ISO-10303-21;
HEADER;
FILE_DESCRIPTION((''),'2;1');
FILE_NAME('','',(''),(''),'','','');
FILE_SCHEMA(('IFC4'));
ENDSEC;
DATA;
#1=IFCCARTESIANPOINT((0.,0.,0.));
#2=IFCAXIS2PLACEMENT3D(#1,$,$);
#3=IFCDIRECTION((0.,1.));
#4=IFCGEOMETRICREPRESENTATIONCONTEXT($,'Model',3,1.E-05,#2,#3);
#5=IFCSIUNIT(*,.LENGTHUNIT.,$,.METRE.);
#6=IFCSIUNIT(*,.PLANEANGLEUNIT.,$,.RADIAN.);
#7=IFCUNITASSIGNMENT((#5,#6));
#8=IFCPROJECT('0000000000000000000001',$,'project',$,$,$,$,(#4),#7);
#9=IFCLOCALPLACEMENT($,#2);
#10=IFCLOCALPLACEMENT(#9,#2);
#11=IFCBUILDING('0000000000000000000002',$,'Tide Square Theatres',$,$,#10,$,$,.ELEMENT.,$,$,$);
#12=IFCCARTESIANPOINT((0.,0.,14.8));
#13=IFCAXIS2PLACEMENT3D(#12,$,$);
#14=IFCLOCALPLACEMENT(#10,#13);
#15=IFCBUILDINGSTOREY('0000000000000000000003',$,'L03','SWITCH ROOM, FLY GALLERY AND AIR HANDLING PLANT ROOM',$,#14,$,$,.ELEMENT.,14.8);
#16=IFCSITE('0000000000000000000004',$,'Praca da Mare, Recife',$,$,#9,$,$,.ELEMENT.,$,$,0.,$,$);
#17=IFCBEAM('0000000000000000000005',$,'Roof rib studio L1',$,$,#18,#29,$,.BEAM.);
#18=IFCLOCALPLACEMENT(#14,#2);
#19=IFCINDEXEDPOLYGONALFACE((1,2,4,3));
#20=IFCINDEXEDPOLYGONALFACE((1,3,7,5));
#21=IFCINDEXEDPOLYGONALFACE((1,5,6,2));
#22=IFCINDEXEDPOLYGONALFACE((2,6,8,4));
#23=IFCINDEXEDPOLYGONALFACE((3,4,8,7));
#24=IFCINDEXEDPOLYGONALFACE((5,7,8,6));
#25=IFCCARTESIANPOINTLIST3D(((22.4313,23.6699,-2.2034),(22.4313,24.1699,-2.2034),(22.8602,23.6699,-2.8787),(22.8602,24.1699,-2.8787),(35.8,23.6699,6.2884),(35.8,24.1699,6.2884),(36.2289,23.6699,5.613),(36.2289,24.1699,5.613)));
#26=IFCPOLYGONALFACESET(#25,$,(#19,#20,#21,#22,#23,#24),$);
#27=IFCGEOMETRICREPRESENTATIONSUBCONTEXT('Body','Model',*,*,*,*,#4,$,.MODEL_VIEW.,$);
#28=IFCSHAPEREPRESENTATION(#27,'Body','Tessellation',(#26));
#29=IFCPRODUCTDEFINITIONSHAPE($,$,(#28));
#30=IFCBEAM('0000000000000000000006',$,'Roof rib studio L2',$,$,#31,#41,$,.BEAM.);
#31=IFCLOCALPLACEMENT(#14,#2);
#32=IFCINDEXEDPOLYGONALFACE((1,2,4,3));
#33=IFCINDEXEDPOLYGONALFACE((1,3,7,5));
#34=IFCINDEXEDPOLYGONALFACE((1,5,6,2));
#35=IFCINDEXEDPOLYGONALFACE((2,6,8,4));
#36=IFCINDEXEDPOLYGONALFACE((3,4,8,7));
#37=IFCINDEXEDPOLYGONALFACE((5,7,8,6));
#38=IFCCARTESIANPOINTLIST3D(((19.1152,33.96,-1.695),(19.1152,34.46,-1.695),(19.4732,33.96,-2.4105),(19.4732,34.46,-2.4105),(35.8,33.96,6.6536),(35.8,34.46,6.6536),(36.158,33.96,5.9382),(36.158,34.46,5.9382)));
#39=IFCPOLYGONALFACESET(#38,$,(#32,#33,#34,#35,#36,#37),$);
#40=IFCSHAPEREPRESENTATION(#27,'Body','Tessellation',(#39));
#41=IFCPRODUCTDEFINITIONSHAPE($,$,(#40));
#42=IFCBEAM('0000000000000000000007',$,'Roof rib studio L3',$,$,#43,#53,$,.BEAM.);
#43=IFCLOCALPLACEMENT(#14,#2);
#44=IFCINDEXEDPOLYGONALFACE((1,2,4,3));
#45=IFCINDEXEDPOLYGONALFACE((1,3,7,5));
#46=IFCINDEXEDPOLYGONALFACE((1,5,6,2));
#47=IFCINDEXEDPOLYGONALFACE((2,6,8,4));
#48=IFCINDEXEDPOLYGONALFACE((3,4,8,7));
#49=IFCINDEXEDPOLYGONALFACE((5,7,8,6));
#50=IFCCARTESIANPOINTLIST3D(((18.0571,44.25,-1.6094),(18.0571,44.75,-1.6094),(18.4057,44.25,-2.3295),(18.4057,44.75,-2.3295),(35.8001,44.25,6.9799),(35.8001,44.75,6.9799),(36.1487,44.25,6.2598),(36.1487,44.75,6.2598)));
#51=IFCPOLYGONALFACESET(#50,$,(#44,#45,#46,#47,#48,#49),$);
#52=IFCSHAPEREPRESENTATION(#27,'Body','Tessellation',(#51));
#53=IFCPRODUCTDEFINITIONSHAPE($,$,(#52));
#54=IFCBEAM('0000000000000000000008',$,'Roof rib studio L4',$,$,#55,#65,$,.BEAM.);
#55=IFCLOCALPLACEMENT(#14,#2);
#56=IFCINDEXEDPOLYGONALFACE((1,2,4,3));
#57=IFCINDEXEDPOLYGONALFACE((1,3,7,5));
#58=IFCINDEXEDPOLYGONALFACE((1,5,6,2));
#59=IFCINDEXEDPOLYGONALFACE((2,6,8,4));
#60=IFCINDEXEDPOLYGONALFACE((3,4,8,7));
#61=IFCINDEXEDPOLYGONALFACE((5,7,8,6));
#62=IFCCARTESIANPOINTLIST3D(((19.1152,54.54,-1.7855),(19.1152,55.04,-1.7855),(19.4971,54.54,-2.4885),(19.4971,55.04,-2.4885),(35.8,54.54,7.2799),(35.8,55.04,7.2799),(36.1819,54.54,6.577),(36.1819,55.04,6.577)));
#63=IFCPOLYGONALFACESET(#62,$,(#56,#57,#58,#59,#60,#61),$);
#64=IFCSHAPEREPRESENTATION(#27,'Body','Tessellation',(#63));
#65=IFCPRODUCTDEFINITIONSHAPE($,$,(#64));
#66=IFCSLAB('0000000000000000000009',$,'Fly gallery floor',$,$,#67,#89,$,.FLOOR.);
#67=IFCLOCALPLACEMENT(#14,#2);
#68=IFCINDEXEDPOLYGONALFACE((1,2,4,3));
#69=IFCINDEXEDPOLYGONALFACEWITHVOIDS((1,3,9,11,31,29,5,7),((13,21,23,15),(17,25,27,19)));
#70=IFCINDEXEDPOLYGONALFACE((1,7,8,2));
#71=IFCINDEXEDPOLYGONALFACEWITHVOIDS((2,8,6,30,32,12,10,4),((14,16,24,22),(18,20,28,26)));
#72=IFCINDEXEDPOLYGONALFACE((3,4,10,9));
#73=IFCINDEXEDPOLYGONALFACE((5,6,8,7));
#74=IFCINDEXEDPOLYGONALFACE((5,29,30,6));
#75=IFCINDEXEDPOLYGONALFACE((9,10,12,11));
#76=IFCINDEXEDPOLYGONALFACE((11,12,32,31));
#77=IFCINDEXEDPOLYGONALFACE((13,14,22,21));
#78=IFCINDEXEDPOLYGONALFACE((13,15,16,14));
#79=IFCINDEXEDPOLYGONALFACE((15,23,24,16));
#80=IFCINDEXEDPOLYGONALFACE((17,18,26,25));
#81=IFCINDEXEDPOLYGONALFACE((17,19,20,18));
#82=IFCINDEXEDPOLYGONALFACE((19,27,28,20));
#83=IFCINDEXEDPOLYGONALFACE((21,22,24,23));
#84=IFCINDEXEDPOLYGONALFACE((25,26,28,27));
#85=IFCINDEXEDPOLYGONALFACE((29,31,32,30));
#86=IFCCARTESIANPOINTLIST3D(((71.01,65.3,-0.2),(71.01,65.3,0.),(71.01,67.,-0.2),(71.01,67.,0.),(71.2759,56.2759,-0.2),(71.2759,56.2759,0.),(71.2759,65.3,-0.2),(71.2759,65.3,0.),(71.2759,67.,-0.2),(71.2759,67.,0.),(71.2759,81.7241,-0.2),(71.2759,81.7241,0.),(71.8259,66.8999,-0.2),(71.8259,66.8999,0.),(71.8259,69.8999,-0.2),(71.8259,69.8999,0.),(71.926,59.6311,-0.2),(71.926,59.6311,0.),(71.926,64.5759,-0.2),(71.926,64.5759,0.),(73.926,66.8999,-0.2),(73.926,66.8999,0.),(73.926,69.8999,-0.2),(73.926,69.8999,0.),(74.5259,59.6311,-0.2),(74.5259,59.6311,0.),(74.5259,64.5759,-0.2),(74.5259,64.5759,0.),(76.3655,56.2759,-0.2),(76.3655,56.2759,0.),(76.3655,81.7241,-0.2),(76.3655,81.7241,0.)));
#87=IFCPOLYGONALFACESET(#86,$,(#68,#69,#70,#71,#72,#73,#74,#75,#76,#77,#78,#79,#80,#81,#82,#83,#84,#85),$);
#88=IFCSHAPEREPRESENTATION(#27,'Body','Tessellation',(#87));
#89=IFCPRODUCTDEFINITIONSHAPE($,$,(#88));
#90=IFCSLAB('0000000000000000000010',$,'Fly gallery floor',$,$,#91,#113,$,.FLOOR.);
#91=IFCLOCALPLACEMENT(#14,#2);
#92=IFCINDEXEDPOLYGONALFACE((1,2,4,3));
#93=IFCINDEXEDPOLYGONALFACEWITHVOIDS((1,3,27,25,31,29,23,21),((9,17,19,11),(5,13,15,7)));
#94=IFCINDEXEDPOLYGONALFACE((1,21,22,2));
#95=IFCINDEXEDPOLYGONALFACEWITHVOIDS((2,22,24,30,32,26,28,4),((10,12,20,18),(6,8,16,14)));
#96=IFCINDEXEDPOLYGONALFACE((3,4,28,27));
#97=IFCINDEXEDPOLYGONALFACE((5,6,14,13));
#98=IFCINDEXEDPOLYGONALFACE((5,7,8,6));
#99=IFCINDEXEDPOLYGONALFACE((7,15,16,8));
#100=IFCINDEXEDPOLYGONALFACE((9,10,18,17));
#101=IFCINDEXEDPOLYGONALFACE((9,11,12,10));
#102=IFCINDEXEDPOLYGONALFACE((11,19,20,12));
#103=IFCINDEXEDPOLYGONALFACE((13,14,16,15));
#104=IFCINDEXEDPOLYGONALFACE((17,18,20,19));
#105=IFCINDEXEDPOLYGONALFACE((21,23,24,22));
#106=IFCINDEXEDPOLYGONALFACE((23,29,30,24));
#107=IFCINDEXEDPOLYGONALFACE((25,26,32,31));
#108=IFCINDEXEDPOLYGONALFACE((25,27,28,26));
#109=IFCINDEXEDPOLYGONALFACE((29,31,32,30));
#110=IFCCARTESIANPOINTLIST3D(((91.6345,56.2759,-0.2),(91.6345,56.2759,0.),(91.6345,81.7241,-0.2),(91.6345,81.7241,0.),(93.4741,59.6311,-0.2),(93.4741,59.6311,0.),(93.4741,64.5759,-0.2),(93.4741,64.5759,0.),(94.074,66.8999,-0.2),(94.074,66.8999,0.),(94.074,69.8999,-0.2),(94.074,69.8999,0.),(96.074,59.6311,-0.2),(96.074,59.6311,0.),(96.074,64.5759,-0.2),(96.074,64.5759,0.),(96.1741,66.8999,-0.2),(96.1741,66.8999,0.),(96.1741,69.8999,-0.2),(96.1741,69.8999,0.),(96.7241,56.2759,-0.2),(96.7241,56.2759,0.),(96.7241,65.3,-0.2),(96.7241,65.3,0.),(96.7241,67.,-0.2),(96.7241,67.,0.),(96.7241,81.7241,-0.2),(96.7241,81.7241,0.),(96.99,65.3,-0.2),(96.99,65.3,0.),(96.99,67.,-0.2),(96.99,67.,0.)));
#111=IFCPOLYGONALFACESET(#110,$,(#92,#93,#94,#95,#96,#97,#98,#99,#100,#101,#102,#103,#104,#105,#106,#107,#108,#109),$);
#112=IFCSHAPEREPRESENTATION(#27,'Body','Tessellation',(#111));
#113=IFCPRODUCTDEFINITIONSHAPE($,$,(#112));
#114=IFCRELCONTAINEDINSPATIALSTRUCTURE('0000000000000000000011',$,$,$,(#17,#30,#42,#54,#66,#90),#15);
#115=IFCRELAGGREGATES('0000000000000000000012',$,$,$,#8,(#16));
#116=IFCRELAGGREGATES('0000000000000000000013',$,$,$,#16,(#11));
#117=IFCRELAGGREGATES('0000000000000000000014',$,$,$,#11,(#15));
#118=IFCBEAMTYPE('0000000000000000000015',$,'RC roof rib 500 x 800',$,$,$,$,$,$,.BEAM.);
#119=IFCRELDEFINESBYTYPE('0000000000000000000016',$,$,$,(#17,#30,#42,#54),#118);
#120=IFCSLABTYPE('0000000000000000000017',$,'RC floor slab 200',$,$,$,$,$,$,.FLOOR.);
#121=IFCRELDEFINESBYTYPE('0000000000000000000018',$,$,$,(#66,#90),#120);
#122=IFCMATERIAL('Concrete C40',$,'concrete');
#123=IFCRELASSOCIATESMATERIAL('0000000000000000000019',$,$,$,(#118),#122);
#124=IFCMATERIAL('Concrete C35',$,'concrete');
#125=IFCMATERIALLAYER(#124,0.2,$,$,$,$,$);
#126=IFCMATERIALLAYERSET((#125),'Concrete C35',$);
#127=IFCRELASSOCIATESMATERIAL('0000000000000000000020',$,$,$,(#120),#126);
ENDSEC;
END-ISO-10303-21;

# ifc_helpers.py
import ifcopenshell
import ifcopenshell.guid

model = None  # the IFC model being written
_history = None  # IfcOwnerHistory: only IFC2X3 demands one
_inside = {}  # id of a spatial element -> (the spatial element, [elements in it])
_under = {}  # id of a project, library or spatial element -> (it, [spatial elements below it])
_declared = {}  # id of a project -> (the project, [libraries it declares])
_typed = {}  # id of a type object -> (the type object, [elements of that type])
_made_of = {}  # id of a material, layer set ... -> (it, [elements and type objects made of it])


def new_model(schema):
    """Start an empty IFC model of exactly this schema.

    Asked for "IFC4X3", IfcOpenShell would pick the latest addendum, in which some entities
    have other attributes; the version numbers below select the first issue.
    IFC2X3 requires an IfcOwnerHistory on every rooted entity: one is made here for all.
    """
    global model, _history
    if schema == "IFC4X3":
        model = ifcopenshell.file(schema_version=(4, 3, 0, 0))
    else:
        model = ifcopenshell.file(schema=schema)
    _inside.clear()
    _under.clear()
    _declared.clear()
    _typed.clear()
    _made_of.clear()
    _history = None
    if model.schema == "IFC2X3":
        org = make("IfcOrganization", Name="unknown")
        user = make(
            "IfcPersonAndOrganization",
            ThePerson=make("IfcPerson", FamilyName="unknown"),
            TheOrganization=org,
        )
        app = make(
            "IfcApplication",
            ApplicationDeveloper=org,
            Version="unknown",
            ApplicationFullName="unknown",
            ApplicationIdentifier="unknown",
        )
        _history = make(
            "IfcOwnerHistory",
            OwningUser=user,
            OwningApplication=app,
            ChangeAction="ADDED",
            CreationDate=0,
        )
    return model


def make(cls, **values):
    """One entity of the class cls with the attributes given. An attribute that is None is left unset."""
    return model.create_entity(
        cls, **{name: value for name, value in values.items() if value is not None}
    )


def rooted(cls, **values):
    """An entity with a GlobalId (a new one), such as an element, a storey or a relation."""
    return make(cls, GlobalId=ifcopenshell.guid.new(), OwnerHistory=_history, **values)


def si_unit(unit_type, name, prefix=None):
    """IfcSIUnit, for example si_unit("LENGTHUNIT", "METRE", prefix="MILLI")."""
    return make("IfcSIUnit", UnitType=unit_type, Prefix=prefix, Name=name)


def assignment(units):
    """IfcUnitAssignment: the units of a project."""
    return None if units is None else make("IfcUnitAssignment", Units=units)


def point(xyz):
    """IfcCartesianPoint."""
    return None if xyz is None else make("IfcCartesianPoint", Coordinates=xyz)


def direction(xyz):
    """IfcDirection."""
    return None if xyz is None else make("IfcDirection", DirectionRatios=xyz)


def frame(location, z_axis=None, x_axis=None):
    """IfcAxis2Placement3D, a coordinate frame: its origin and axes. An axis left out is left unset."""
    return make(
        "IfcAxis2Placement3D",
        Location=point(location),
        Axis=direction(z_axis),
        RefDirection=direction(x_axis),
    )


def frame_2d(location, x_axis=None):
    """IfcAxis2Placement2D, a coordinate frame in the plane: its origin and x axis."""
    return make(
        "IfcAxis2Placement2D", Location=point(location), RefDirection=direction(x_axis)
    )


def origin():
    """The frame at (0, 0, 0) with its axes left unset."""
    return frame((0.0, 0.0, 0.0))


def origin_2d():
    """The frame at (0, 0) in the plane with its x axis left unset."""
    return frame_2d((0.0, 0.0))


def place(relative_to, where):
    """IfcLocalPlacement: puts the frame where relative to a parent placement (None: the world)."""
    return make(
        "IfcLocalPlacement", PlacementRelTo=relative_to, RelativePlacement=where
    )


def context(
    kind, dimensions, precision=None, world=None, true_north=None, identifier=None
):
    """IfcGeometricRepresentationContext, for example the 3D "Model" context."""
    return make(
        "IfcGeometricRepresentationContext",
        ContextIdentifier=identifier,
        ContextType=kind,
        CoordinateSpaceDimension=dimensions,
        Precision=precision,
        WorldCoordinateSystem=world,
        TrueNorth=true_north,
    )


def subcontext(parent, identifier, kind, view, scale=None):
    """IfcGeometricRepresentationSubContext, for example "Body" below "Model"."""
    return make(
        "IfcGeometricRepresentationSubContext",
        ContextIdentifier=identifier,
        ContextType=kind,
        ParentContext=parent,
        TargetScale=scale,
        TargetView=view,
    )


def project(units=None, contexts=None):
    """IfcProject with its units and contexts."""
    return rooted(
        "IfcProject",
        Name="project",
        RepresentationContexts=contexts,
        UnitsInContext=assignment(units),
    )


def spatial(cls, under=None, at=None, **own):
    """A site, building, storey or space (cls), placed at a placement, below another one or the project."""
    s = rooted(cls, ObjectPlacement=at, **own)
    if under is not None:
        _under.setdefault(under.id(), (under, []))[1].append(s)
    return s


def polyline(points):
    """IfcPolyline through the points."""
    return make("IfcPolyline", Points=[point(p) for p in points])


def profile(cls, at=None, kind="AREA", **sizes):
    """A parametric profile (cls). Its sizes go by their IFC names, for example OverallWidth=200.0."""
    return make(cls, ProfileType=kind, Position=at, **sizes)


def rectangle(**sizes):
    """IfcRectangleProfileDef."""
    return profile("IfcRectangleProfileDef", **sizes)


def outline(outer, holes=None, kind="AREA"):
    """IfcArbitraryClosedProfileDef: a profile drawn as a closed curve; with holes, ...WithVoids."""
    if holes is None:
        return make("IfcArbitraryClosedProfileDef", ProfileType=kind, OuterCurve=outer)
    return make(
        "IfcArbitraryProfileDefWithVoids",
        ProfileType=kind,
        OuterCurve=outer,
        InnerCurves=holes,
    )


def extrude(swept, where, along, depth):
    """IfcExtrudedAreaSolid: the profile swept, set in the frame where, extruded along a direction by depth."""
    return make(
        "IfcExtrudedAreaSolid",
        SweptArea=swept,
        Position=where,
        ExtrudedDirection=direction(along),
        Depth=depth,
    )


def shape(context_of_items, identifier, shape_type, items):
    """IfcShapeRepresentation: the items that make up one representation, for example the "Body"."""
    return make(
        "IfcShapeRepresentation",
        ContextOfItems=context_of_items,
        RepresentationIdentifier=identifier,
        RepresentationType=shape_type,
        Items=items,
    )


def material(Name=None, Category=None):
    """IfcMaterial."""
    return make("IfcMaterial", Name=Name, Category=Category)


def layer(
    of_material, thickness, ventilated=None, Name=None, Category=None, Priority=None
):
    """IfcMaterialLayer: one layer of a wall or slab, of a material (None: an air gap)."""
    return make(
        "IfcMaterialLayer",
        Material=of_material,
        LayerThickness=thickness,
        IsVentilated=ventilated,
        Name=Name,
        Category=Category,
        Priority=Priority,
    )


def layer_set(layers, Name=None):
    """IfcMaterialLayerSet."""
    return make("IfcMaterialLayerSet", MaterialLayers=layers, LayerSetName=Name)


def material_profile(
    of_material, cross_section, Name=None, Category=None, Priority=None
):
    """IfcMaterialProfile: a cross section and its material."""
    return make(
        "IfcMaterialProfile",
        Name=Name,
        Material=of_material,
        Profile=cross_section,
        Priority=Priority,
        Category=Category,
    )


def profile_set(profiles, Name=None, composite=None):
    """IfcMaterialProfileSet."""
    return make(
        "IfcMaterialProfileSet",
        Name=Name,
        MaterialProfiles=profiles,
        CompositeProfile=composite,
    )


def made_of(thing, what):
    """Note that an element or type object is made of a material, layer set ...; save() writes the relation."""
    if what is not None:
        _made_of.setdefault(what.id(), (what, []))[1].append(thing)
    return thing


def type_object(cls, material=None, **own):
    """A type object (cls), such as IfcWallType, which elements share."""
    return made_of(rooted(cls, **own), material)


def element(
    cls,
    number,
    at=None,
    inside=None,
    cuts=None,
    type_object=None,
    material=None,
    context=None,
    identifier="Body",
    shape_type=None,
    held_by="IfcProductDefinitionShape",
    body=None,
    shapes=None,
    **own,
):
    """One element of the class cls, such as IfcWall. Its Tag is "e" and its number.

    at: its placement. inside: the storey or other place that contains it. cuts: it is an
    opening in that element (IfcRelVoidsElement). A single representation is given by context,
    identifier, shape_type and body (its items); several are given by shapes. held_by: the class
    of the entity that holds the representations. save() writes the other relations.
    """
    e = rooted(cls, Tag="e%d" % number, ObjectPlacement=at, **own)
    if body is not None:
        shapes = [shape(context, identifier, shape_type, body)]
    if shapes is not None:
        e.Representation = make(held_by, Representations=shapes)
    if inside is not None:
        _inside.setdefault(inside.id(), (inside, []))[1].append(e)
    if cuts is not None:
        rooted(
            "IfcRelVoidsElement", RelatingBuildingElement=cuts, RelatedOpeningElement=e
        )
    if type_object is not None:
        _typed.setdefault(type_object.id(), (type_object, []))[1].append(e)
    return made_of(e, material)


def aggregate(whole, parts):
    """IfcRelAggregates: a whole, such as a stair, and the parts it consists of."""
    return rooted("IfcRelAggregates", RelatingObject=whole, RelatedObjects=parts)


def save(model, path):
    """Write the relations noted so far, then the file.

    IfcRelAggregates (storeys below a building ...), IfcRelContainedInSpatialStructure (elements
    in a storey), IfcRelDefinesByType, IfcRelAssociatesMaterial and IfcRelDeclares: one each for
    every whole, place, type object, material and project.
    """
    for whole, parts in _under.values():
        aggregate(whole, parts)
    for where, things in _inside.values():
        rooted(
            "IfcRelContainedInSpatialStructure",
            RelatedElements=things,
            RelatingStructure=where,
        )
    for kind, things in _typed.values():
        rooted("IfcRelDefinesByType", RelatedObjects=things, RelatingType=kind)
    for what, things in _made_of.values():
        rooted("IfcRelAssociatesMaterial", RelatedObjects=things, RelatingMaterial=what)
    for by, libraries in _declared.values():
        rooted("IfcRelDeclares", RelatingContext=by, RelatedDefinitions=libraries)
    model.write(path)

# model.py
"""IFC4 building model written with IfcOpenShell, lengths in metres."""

from ifc_helpers import new_model, si_unit, direction, frame, origin, origin_2d, place, context, subcontext, project, spatial, polyline, rectangle, outline, extrude, material, layer, layer_set, material_profile, profile_set, type_object, element, save


model = new_model("IFC4")

# Units and contexts
model_context = context("Model", 3, precision=1e-05, world=origin(), true_north=direction((0.0, 1.0)))
body_context = subcontext(model_context, "Body", "Model", "MODEL_VIEW")
ifc_project = project(units=[si_unit("LENGTHUNIT", "METRE"), si_unit("PLANEANGLEUNIT", "RADIAN")], contexts=[model_context])

# Site, building, storey
site_placement = place(None, origin())
site = spatial("IfcSite", under=ifc_project, at=site_placement, Name="Praca da Mare, Recife", CompositionType="ELEMENT", RefElevation=0.0)
building_placement = place(site_placement, origin())
building = spatial("IfcBuilding", under=site, at=building_placement, Name="Tide Square Theatres", CompositionType="ELEMENT")
storey_placement = place(building_placement, frame((0.0, 0.0, 14.8)))
storey = spatial("IfcBuildingStorey", under=building, at=storey_placement, Name="L03", Description="SWITCH ROOM, FLY GALLERY AND AIR HANDLING PLANT ROOM", CompositionType="ELEMENT", Elevation=14.8)

# Beams
ifc_material_1 = material(Name="Concrete C40", Category="concrete")
ifc_material_profile = material_profile(ifc_material_1, rectangle(XDim=0.5, YDim=0.8, at=origin_2d()))
ifc_profile_set = profile_set([ifc_material_profile], Name="Concrete C40")
beam_type = type_object("IfcBeamType", Name="RC roof rib 500 x 800", PredefinedType="BEAM", material=ifc_profile_set)
beam_1_placement = place(storey_placement, frame((22.6458, 23.9199, -2.541), z_axis=(0.844108, 0.0, 0.536173), x_axis=(0.0, 1.0, 0.0)))
element("IfcBeam", 1, at=beam_1_placement, inside=storey, type_object=beam_type, Name="Roof rib studio L1", PredefinedType="BEAM", context=body_context, shape_type="SweptSolid", body=[
    extrude(rectangle(XDim=0.5, YDim=0.8, at=origin_2d()), origin(), (0.0, 0.0, 1.0), 15.8376),
])
beam_2_placement = place(storey_placement, frame((19.2942, 34.21, -2.0527), z_axis=(0.894294, 0.0, 0.447481), x_axis=(0.0, 1.0, 0.0)))
element("IfcBeam", 2, at=beam_2_placement, inside=storey, type_object=beam_type, Name="Roof rib studio L2", PredefinedType="BEAM", context=body_context, shape_type="SweptSolid", body=[
    extrude(rectangle(XDim=0.5, YDim=0.8, at=origin_2d()), origin(), (0.0, 0.0, 1.0), 18.657),
])
beam_3_placement = place(storey_placement, frame((18.2314, 44.5, -1.9695), z_axis=(0.900078, 0.0, 0.435728), x_axis=(0.0, 1.0, 0.0)))
element("IfcBeam", 3, at=beam_3_placement, inside=storey, type_object=beam_type, Name="Roof rib studio L3", PredefinedType="BEAM", context=body_context, shape_type="SweptSolid", body=[
    extrude(rectangle(XDim=0.5, YDim=0.8, at=origin_2d()), origin(), (0.0, 0.0, 1.0), 19.7126),
])
beam_4_placement = place(storey_placement, frame((19.3062, 54.79, -2.137), z_axis=(0.878678, 0.0, 0.477416), x_axis=(0.0, 1.0, 0.0)))
element("IfcBeam", 4, at=beam_4_placement, inside=storey, type_object=beam_type, Name="Roof rib studio L4", PredefinedType="BEAM", context=body_context, shape_type="SweptSolid", body=[
    extrude(rectangle(XDim=0.5, YDim=0.8, at=origin_2d()), origin(), (0.0, 0.0, 1.0), 18.9885),
])

# Slabs
ifc_material_2 = material(Name="Concrete C35", Category="concrete")
ifc_layer_1 = layer(ifc_material_2, 0.2)
ifc_layer_set_1 = layer_set([ifc_layer_1], Name="Concrete C35")
slab_type_1 = type_object("IfcSlabType", Name="RC floor slab 200", PredefinedType="FLOOR", material=ifc_layer_set_1)
slab_1_placement = place(storey_placement, frame((0.0, 0.0, -0.2)))
element("IfcSlab", 5, at=slab_1_placement, inside=storey, type_object=slab_type_1, Name="Fly gallery floor", PredefinedType="FLOOR", context=body_context, shape_type="SweptSolid", body=[
    extrude(outline(polyline([(71.2759, 56.2759), (76.3655, 56.2759), (76.3655, 81.7241), (71.2759, 81.7241), (71.2759, 67.0), (71.01, 67.0), (71.01, 65.3), (71.2759, 65.3), (71.2759, 56.2759)]), holes=[polyline([(74.5259, 59.6311), (74.5259, 64.5759), (71.926, 64.5759), (71.926, 59.6311), (74.5259, 59.6311)]), polyline([(73.926, 66.8999), (73.926, 69.8999), (71.8259, 69.8999), (71.8259, 66.8999), (73.926, 66.8999)])]), origin(), (0.0, 0.0, 1.0), 0.2),
])
slab_2_placement = place(storey_placement, frame((0.0, 0.0, -0.2)))
element("IfcSlab", 6, at=slab_2_placement, inside=storey, type_object=slab_type_1, Name="Fly gallery floor", PredefinedType="FLOOR", context=body_context, shape_type="SweptSolid", body=[
    extrude(outline(polyline([(91.6345, 56.2759), (96.7241, 56.2759), (96.7241, 65.3), (96.99, 65.3), (96.99, 67.0), (96.7241, 67.0), (96.7241, 81.7241), (91.6345, 81.7241), (91.6345, 56.2759)]), holes=[polyline([(96.074, 59.6311), (96.074, 64.5759), (93.4741, 64.5759), (93.4741, 59.6311), (96.074, 59.6311)]), polyline([(96.1741, 66.8999), (96.1741, 69.8999), (94.074, 69.8999), (94.074, 66.8999), (96.1741, 66.8999)])]), origin(), (0.0, 0.0, 1.0), 0.2),
])

save(model, "model.ifc")
